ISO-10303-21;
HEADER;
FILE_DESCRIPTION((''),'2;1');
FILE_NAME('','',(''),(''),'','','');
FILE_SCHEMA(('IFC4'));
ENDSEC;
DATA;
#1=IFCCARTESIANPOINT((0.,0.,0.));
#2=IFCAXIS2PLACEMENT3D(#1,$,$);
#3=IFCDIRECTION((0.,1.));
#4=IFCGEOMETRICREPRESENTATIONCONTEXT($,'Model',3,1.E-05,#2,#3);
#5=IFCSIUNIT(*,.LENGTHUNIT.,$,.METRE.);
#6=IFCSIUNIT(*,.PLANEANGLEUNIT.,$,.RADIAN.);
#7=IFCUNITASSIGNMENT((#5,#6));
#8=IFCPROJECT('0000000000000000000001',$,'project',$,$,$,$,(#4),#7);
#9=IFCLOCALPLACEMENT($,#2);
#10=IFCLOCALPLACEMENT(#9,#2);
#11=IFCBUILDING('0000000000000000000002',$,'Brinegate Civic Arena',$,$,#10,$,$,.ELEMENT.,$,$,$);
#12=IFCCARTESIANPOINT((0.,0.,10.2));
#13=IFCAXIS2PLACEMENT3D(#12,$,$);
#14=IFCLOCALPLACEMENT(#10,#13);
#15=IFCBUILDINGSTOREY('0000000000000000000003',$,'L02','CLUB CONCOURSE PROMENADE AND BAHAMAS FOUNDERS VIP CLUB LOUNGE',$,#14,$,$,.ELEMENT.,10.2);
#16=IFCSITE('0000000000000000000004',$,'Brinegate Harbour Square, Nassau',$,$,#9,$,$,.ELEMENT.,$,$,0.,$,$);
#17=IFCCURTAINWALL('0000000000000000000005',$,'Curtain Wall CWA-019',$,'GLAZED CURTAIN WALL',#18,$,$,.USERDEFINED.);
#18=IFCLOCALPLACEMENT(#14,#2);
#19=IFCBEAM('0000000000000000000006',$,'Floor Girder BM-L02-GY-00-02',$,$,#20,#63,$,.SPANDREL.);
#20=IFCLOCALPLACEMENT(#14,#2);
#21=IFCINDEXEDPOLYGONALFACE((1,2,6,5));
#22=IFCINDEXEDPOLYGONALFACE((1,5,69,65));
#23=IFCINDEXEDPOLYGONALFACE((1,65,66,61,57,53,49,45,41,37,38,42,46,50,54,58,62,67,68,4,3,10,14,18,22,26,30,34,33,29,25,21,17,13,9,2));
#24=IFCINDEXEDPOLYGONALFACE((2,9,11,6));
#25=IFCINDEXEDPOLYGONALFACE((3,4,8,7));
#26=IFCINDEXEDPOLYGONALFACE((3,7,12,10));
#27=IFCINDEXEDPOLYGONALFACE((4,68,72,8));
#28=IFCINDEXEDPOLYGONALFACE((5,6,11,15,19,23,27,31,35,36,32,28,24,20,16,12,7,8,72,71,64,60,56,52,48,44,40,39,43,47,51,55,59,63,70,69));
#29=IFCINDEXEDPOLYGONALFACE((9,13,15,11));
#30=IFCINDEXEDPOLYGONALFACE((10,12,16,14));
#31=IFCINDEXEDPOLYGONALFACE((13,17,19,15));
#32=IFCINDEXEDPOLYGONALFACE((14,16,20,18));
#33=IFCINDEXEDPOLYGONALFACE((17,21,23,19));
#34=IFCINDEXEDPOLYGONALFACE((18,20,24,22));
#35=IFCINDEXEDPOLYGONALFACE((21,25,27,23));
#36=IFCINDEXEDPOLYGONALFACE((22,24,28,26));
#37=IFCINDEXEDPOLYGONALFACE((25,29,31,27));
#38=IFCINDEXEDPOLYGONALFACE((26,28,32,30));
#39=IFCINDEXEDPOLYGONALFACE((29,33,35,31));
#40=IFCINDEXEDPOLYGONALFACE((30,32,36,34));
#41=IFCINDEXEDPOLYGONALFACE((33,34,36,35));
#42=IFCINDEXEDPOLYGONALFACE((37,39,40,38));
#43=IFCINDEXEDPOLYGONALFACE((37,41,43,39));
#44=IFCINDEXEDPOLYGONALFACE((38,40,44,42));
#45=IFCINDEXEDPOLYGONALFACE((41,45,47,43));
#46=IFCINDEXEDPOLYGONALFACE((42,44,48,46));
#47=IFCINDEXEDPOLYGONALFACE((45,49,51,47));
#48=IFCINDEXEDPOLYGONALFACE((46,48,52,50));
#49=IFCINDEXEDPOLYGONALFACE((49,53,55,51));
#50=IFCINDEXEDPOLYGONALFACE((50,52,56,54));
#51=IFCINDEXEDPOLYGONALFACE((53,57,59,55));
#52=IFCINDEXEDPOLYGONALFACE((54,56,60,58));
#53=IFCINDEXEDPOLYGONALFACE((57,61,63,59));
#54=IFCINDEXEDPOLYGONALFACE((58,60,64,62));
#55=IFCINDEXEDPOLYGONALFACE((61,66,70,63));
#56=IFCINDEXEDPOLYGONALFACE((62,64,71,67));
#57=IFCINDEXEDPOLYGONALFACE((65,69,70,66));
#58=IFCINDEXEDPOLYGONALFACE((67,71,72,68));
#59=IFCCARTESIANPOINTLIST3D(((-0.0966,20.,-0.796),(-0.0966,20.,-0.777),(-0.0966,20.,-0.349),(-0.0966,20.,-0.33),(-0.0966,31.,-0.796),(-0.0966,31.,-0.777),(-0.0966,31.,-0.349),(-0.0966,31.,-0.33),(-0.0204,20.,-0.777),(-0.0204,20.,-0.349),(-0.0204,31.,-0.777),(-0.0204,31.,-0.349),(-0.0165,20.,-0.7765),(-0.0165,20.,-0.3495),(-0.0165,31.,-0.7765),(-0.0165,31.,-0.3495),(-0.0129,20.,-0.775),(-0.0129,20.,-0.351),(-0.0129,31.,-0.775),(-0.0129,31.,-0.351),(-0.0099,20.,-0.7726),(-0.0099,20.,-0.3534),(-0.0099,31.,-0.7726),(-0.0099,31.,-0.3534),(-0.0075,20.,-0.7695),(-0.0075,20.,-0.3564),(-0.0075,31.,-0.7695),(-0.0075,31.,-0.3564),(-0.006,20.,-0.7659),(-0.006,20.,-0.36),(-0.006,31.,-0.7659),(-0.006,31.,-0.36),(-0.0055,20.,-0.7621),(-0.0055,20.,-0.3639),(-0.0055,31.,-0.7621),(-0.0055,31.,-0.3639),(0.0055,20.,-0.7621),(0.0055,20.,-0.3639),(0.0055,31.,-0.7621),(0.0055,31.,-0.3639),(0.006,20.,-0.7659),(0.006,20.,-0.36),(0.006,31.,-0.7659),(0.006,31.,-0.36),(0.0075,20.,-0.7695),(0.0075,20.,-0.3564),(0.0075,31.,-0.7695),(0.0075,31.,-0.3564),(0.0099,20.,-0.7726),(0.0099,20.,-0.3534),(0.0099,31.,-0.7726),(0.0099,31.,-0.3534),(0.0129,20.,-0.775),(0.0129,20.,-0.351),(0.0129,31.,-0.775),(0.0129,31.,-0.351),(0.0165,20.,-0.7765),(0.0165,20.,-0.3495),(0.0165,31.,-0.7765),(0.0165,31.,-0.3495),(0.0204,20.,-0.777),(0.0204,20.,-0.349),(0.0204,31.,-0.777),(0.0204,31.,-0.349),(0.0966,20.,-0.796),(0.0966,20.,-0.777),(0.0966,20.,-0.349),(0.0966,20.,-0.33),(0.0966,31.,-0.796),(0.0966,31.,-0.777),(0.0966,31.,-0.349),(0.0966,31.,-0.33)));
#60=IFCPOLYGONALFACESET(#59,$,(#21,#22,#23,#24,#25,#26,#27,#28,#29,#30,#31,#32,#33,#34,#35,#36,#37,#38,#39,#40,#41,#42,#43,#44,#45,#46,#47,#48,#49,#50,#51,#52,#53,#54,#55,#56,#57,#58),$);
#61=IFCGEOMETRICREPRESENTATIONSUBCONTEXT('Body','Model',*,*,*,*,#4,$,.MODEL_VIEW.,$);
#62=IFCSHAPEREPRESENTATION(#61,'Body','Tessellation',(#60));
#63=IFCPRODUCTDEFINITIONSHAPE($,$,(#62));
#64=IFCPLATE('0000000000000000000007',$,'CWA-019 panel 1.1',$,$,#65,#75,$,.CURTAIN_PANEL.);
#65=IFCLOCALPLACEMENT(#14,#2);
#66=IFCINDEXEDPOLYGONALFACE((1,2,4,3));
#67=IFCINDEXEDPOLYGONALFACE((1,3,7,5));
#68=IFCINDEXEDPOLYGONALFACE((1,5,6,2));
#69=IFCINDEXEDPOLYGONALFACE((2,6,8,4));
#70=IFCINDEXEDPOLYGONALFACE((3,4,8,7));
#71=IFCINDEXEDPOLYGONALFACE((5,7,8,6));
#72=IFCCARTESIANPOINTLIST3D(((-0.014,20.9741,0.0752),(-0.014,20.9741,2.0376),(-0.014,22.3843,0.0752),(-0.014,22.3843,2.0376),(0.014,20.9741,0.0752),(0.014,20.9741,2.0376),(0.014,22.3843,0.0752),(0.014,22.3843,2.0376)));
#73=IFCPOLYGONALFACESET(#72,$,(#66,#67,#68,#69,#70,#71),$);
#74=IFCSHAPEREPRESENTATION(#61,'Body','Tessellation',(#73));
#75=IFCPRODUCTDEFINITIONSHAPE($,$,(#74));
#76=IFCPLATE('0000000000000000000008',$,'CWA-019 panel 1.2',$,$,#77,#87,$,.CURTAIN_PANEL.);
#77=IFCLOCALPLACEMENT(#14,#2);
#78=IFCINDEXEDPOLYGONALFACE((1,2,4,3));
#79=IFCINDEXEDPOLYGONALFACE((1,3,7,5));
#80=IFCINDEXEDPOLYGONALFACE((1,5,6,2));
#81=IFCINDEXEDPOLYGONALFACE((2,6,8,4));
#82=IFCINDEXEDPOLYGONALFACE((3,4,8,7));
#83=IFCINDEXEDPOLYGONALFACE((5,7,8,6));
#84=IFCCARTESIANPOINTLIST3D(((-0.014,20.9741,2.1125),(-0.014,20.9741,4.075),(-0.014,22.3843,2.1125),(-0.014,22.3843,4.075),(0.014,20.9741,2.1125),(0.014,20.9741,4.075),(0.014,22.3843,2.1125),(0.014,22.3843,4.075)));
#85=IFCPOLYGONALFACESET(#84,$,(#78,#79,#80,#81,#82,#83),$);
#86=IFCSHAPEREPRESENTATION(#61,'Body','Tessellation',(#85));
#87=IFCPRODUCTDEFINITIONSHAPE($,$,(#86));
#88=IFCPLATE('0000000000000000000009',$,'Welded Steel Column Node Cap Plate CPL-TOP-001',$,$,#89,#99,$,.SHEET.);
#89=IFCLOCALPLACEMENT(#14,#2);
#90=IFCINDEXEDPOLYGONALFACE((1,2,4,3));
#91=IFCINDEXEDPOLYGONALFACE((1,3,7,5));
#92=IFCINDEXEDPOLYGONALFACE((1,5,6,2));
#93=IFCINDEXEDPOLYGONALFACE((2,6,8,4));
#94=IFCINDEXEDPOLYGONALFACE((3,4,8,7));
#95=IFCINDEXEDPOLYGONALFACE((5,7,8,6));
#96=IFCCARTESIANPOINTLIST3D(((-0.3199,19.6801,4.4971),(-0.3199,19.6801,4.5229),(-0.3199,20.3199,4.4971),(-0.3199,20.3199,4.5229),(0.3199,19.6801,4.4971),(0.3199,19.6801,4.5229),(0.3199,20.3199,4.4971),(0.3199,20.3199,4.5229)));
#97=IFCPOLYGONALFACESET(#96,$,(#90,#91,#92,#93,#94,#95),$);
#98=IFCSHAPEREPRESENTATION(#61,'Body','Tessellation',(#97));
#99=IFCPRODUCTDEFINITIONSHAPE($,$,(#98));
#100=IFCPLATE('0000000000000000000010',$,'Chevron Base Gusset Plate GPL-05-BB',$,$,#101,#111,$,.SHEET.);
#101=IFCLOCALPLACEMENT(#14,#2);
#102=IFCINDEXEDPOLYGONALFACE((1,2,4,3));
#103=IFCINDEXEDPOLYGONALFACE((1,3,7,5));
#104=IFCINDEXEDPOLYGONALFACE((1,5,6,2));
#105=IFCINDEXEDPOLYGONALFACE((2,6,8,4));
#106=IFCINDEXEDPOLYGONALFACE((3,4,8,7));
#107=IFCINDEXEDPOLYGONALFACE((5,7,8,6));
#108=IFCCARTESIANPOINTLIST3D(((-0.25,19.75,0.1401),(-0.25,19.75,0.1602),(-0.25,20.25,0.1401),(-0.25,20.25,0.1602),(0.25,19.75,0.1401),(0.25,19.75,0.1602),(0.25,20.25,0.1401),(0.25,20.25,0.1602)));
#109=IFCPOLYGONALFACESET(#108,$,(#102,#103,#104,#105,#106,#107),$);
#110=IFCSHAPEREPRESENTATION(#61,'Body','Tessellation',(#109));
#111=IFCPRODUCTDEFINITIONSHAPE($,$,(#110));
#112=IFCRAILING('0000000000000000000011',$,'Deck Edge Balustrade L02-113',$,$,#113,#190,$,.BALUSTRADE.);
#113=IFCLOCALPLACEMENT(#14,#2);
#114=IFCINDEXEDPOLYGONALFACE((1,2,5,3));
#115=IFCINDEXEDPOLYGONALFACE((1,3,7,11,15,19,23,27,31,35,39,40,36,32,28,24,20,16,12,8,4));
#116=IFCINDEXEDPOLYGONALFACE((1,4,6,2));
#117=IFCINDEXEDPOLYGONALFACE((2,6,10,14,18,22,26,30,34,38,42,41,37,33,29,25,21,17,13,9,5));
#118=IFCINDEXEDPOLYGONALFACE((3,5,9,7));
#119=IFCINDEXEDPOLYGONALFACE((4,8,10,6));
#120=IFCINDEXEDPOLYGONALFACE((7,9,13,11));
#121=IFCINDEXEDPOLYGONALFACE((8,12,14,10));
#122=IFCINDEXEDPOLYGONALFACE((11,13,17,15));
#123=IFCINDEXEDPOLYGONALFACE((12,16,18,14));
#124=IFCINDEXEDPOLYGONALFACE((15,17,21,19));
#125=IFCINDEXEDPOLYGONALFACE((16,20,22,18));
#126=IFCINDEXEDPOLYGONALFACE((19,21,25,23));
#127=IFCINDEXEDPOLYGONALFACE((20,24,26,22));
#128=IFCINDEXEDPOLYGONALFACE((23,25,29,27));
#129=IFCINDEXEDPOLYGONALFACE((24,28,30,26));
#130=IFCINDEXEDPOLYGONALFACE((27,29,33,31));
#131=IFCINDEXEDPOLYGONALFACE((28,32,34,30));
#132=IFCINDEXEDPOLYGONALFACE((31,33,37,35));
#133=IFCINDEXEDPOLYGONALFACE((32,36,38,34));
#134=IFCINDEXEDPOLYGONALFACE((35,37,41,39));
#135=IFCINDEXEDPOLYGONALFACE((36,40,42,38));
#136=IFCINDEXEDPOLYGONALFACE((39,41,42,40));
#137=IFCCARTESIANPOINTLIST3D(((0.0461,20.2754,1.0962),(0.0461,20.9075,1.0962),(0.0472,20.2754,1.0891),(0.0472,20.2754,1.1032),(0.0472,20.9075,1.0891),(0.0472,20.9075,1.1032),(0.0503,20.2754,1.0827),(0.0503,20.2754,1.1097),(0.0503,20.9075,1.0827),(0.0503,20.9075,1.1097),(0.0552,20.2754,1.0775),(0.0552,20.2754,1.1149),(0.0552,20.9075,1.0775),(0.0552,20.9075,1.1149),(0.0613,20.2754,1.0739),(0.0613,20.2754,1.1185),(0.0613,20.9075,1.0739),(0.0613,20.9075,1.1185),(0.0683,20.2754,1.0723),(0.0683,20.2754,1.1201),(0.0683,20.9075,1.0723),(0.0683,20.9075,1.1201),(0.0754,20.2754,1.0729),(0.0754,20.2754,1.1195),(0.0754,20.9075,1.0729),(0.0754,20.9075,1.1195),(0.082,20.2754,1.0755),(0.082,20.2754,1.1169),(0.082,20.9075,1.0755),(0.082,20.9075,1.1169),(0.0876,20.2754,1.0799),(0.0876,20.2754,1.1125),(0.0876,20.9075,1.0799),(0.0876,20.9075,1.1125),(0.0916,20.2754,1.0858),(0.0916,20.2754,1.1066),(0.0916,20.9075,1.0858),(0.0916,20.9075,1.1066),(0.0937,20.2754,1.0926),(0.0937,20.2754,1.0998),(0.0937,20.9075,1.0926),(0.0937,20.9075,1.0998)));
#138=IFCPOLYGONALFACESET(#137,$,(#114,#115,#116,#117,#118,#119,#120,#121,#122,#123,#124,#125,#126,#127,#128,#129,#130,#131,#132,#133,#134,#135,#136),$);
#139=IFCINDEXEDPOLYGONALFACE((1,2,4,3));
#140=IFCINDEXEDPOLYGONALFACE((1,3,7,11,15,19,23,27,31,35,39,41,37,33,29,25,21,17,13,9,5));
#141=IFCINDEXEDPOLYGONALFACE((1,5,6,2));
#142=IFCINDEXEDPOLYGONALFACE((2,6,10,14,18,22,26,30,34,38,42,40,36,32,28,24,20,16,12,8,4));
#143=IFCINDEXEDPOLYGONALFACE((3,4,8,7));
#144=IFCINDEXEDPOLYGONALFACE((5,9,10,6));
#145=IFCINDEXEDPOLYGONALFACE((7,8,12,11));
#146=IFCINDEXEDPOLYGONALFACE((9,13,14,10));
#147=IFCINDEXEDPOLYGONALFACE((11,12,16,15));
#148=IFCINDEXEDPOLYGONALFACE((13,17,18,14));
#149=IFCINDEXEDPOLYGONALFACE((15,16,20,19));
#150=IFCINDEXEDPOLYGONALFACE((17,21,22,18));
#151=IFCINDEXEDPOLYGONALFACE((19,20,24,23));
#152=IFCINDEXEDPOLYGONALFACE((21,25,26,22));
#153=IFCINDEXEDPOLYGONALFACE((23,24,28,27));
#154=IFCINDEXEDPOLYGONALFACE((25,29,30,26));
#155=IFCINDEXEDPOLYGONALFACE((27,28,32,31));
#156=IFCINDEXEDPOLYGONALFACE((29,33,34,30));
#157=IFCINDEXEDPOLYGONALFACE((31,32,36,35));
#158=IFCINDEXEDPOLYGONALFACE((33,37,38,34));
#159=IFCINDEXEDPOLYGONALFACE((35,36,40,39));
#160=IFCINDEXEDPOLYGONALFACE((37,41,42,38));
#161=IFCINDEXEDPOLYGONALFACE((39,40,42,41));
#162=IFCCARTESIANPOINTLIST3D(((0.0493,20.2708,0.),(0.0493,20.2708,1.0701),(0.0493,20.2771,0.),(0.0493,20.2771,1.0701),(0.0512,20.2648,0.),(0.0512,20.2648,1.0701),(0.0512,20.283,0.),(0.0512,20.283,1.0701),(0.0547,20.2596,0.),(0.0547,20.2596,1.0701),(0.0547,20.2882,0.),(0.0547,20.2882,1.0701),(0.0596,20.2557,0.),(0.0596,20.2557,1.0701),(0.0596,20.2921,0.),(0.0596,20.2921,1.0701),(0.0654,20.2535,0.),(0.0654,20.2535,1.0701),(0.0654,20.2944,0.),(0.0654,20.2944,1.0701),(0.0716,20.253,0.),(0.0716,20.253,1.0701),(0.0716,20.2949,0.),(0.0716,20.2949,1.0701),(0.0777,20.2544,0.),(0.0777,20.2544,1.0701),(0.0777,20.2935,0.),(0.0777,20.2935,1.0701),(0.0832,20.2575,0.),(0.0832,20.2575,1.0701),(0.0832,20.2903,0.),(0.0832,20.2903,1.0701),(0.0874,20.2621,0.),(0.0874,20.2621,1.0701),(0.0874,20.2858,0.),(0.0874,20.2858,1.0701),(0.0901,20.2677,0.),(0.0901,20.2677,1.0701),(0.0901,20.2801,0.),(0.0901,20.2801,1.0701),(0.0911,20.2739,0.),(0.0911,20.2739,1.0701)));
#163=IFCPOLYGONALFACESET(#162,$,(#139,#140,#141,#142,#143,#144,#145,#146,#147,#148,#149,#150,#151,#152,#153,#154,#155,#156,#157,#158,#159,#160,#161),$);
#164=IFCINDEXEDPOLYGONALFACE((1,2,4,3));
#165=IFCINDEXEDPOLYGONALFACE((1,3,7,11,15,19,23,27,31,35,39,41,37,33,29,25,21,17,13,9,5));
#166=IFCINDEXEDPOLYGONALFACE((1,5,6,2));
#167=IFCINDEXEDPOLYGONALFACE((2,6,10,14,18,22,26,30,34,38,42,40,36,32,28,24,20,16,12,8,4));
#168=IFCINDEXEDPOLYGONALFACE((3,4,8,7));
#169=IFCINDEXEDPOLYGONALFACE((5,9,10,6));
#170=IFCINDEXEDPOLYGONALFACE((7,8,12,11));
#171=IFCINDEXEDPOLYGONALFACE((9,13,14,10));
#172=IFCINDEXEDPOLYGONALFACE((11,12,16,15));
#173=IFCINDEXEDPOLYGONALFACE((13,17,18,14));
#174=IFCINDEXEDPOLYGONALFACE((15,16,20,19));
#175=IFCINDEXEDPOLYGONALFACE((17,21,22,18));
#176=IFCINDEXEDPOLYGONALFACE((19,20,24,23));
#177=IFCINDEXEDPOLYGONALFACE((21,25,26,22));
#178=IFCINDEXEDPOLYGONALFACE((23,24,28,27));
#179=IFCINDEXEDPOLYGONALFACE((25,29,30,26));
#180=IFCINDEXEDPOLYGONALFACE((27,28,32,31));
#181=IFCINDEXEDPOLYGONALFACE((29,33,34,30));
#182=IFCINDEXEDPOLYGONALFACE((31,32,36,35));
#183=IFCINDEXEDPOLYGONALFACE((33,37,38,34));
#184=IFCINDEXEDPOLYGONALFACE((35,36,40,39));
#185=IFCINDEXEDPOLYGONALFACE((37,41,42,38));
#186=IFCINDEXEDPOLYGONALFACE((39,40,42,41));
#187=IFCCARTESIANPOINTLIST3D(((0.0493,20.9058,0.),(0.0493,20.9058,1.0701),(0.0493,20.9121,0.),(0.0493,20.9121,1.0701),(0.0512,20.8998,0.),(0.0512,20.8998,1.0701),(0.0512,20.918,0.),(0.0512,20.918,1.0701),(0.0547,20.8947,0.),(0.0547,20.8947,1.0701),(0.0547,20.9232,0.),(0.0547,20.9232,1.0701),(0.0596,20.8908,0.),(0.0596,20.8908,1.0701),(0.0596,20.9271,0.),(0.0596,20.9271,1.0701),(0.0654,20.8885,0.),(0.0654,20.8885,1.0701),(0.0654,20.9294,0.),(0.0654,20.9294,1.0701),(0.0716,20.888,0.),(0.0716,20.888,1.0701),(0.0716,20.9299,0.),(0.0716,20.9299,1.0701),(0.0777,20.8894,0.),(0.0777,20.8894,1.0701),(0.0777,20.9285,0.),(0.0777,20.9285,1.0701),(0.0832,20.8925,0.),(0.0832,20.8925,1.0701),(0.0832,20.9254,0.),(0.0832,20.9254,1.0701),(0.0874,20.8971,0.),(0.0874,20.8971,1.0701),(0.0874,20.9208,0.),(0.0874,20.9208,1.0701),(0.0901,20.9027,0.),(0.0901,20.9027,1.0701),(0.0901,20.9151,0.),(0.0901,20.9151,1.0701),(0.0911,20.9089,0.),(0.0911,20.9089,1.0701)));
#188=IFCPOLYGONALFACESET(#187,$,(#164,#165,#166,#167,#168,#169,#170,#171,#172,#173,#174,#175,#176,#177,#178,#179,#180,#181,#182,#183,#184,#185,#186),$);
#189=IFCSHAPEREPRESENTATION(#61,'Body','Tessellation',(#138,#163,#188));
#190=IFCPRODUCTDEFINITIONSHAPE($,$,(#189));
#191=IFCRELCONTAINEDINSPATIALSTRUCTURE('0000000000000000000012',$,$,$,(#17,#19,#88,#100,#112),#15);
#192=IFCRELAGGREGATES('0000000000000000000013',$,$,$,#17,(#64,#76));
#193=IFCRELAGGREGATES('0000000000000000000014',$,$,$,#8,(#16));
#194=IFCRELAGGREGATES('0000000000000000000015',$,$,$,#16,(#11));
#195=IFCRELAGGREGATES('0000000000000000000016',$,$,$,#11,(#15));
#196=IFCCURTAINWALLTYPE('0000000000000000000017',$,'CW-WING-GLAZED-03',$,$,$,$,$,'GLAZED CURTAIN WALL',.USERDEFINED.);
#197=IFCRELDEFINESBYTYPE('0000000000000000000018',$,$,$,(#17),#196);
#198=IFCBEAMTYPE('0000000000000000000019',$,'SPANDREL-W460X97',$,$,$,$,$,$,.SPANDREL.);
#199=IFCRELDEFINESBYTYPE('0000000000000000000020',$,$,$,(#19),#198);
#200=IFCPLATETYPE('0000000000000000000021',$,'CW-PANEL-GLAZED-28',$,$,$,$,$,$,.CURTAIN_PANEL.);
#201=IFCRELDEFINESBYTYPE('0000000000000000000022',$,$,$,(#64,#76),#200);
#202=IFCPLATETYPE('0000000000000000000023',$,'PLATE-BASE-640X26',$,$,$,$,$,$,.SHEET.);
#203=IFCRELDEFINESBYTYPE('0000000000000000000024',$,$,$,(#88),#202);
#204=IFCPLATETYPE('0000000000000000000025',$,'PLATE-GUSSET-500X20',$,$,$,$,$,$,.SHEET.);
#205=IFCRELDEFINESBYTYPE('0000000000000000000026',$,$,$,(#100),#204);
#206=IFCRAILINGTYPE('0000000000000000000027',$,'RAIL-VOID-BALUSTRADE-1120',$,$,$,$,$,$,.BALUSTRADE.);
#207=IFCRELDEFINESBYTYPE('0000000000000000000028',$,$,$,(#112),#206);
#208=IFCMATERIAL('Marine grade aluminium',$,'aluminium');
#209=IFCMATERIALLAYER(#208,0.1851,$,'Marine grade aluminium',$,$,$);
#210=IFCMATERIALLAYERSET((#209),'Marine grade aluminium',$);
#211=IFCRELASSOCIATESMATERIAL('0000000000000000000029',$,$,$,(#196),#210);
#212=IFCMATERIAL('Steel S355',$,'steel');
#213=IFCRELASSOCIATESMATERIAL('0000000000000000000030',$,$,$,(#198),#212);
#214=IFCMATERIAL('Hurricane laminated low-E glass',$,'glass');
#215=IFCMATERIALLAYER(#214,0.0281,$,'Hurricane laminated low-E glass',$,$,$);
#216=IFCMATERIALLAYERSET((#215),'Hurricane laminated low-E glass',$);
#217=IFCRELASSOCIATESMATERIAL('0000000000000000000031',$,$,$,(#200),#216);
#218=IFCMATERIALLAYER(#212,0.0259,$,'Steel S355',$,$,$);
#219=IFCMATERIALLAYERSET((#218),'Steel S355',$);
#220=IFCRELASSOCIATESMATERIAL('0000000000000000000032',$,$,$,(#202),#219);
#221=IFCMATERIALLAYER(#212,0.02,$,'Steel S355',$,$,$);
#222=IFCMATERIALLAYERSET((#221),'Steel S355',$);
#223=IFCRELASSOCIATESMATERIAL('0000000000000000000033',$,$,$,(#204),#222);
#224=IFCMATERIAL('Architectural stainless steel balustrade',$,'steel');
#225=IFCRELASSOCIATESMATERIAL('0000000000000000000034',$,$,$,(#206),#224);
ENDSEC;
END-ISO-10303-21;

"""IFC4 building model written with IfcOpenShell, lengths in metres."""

from ifc_helpers import new_model, si_unit, direction, frame, origin, origin_2d, place, context, subcontext, project, spatial, rectangle, circle, i_section, extrude, material, layer, layer_set, material_profile, profile_set, type_object, element, aggregate, save


model = new_model("IFC4")

# Units and contexts
model_context = context("Model", 3, precision=1e-05, world=origin(), true_north=direction((0.0, 1.0)))
body_context = subcontext(model_context, "Body", "Model", "MODEL_VIEW")
ifc_project = project(units=[si_unit("LENGTHUNIT", "METRE"), si_unit("PLANEANGLEUNIT", "RADIAN")], contexts=[model_context])

# Site, building, storey
site_placement = place(None, origin())
site = spatial("IfcSite", under=ifc_project, at=site_placement, Name="Brinegate Harbour Square, Nassau", CompositionType="ELEMENT", RefElevation=0.0)
building_placement = place(site_placement, origin())
building = spatial("IfcBuilding", under=site, at=building_placement, Name="Brinegate Civic Arena", CompositionType="ELEMENT")
storey_placement = place(building_placement, frame((0.0, 0.0, 10.2)))
storey = spatial("IfcBuildingStorey", under=building, at=storey_placement, Name="L02", Description="CLUB CONCOURSE PROMENADE AND BAHAMAS FOUNDERS VIP CLUB LOUNGE", CompositionType="ELEMENT", Elevation=10.2)

# Shared definitions
ifc_material_1 = material(Name="Steel S355", Category="steel")

# Curtain wall
ifc_material_2 = material(Name="Marine grade aluminium", Category="aluminium")
ifc_layer_1 = layer(ifc_material_2, 0.1851, Name="Marine grade aluminium")
ifc_layer_set_1 = layer_set([ifc_layer_1], Name="Marine grade aluminium")
curtain_wall_type = type_object("IfcCurtainWallType", Name="CW-WING-GLAZED-03", ElementType="GLAZED CURTAIN WALL", PredefinedType="USERDEFINED", material=ifc_layer_set_1)
curtain_wall_placement = place(storey_placement, origin())
curtain_wall = element("IfcCurtainWall", 1, at=curtain_wall_placement, inside=storey, type_object=curtain_wall_type, Name="Curtain Wall CWA-019", ObjectType="GLAZED CURTAIN WALL", PredefinedType="USERDEFINED")

# Beam
ifc_material_profile_1 = material_profile(ifc_material_1, i_section(OverallWidth=0.1931, OverallDepth=0.4661, WebThickness=0.011, FlangeThickness=0.019, FilletRadius=0.0149, at=origin_2d()), Name="W460X97")
ifc_profile_set_1 = profile_set([ifc_material_profile_1], Name="Steel S355")
beam_type_1 = type_object("IfcBeamType", Name="SPANDREL-W460X97", PredefinedType="SPANDREL", material=ifc_profile_set_1)
beam_1_placement = place(storey_placement, frame((0.0, 20.0, -0.563), z_axis=(0.0, 1.0, 0.0), x_axis=(-1.0, 0.0, 0.0)))
element("IfcBeam", 2, at=beam_1_placement, inside=storey, type_object=beam_type_1, Name="Floor Girder BM-L02-GY-00-02", PredefinedType="SPANDREL", context=body_context, shape_type="SweptSolid", body=[
    extrude(i_section(OverallWidth=0.1931, OverallDepth=0.4661, WebThickness=0.011, FlangeThickness=0.019, FilletRadius=0.0149, at=origin_2d()), origin(), (0.0, 0.0, 1.0), 11.0),
])

# Plates
ifc_material_3 = material(Name="Hurricane laminated low-E glass", Category="glass")
ifc_layer_2 = layer(ifc_material_3, 0.0281, Name="Hurricane laminated low-E glass")
ifc_layer_set_2 = layer_set([ifc_layer_2], Name="Hurricane laminated low-E glass")
plate_type_1 = type_object("IfcPlateType", Name="CW-PANEL-GLAZED-28", PredefinedType="CURTAIN_PANEL", material=ifc_layer_set_2)
plate_1_placement = place(storey_placement, frame((0.0, 21.6792, 0.0752), z_axis=(0.0, 0.0, 1.0), x_axis=(0.0, 1.0, 0.0)))
plate_1 = element("IfcPlate", 3, at=plate_1_placement, type_object=plate_type_1, Name="CWA-019 panel 1.1", PredefinedType="CURTAIN_PANEL", context=body_context, shape_type="SweptSolid", body=[
    extrude(rectangle(XDim=1.4102, YDim=0.0281, at=origin_2d()), origin(), (0.0, 0.0, 1.0), 1.9624),
])
plate_2_placement = place(storey_placement, frame((0.0, 21.6792, 2.1125), z_axis=(0.0, 0.0, 1.0), x_axis=(0.0, 1.0, 0.0)))
plate_2 = element("IfcPlate", 4, at=plate_2_placement, type_object=plate_type_1, Name="CWA-019 panel 1.2", PredefinedType="CURTAIN_PANEL", context=body_context, shape_type="SweptSolid", body=[
    extrude(rectangle(XDim=1.4102, YDim=0.0281, at=origin_2d()), origin(), (0.0, 0.0, 1.0), 1.9624),
])
aggregate(curtain_wall, [plate_1, plate_2])

# Plates
ifc_layer_3 = layer(ifc_material_1, 0.0259, Name="Steel S355")
ifc_layer_set_3 = layer_set([ifc_layer_3], Name="Steel S355")
plate_type_2 = type_object("IfcPlateType", Name="PLATE-BASE-640X26", PredefinedType="SHEET", material=ifc_layer_set_3)
plate_3_placement = place(storey_placement, frame((0.0, 20.0, 4.4971), z_axis=(0.0, 0.0, 1.0), x_axis=(1.0, 0.0, 0.0)))
element("IfcPlate", 5, at=plate_3_placement, inside=storey, type_object=plate_type_2, Name="Welded Steel Column Node Cap Plate CPL-TOP-001", PredefinedType="SHEET", context=body_context, shape_type="SweptSolid", body=[
    extrude(rectangle(XDim=0.6399, YDim=0.6399, at=origin_2d()), origin(), (0.0, 0.0, 1.0), 0.0259),
])
ifc_layer_4 = layer(ifc_material_1, 0.02, Name="Steel S355")
ifc_layer_set_4 = layer_set([ifc_layer_4], Name="Steel S355")
plate_type_3 = type_object("IfcPlateType", Name="PLATE-GUSSET-500X20", PredefinedType="SHEET", material=ifc_layer_set_4)
plate_4_placement = place(storey_placement, frame((0.0, 20.0, 0.1401), z_axis=(0.0, 0.0, 1.0), x_axis=(1.0, 0.0, 0.0)))
element("IfcPlate", 6, at=plate_4_placement, inside=storey, type_object=plate_type_3, Name="Chevron Base Gusset Plate GPL-05-BB", PredefinedType="SHEET", context=body_context, shape_type="SweptSolid", body=[
    extrude(rectangle(XDim=0.5, YDim=0.5, at=origin_2d()), origin(), (0.0, 0.0, 1.0), 0.02),
])

# Railing
ifc_material_4 = material(Name="Architectural stainless steel balustrade", Category="steel")
railing_type = type_object("IfcRailingType", Name="RAIL-VOID-BALUSTRADE-1120", PredefinedType="BALUSTRADE", material=ifc_material_4)
railing_placement = place(storey_placement, frame((0.0701, 20.2739, 0.0)))
element("IfcRailing", 7, at=railing_placement, inside=storey, type_object=railing_type, Name="Deck Edge Balustrade L02-113", PredefinedType="BALUSTRADE", context=body_context, shape_type="SweptSolid", body=[
    extrude(circle(Radius=0.0239, at=origin_2d()), frame((0.0, 0.0015, 1.0962), z_axis=(0.0, 1.0, 0.0), x_axis=(-1.0, 0.0, 0.0)), (0.0, 0.0, 1.0), 0.6321),
    extrude(circle(Radius=0.021, at=origin_2d()), origin(), (0.0, 0.0, 1.0), 1.0701),
    extrude(circle(Radius=0.021, at=origin_2d()), frame((0.0, 0.635, 0.0)), (0.0, 0.0, 1.0), 1.0701),
])

save(model, "model.ifc")
